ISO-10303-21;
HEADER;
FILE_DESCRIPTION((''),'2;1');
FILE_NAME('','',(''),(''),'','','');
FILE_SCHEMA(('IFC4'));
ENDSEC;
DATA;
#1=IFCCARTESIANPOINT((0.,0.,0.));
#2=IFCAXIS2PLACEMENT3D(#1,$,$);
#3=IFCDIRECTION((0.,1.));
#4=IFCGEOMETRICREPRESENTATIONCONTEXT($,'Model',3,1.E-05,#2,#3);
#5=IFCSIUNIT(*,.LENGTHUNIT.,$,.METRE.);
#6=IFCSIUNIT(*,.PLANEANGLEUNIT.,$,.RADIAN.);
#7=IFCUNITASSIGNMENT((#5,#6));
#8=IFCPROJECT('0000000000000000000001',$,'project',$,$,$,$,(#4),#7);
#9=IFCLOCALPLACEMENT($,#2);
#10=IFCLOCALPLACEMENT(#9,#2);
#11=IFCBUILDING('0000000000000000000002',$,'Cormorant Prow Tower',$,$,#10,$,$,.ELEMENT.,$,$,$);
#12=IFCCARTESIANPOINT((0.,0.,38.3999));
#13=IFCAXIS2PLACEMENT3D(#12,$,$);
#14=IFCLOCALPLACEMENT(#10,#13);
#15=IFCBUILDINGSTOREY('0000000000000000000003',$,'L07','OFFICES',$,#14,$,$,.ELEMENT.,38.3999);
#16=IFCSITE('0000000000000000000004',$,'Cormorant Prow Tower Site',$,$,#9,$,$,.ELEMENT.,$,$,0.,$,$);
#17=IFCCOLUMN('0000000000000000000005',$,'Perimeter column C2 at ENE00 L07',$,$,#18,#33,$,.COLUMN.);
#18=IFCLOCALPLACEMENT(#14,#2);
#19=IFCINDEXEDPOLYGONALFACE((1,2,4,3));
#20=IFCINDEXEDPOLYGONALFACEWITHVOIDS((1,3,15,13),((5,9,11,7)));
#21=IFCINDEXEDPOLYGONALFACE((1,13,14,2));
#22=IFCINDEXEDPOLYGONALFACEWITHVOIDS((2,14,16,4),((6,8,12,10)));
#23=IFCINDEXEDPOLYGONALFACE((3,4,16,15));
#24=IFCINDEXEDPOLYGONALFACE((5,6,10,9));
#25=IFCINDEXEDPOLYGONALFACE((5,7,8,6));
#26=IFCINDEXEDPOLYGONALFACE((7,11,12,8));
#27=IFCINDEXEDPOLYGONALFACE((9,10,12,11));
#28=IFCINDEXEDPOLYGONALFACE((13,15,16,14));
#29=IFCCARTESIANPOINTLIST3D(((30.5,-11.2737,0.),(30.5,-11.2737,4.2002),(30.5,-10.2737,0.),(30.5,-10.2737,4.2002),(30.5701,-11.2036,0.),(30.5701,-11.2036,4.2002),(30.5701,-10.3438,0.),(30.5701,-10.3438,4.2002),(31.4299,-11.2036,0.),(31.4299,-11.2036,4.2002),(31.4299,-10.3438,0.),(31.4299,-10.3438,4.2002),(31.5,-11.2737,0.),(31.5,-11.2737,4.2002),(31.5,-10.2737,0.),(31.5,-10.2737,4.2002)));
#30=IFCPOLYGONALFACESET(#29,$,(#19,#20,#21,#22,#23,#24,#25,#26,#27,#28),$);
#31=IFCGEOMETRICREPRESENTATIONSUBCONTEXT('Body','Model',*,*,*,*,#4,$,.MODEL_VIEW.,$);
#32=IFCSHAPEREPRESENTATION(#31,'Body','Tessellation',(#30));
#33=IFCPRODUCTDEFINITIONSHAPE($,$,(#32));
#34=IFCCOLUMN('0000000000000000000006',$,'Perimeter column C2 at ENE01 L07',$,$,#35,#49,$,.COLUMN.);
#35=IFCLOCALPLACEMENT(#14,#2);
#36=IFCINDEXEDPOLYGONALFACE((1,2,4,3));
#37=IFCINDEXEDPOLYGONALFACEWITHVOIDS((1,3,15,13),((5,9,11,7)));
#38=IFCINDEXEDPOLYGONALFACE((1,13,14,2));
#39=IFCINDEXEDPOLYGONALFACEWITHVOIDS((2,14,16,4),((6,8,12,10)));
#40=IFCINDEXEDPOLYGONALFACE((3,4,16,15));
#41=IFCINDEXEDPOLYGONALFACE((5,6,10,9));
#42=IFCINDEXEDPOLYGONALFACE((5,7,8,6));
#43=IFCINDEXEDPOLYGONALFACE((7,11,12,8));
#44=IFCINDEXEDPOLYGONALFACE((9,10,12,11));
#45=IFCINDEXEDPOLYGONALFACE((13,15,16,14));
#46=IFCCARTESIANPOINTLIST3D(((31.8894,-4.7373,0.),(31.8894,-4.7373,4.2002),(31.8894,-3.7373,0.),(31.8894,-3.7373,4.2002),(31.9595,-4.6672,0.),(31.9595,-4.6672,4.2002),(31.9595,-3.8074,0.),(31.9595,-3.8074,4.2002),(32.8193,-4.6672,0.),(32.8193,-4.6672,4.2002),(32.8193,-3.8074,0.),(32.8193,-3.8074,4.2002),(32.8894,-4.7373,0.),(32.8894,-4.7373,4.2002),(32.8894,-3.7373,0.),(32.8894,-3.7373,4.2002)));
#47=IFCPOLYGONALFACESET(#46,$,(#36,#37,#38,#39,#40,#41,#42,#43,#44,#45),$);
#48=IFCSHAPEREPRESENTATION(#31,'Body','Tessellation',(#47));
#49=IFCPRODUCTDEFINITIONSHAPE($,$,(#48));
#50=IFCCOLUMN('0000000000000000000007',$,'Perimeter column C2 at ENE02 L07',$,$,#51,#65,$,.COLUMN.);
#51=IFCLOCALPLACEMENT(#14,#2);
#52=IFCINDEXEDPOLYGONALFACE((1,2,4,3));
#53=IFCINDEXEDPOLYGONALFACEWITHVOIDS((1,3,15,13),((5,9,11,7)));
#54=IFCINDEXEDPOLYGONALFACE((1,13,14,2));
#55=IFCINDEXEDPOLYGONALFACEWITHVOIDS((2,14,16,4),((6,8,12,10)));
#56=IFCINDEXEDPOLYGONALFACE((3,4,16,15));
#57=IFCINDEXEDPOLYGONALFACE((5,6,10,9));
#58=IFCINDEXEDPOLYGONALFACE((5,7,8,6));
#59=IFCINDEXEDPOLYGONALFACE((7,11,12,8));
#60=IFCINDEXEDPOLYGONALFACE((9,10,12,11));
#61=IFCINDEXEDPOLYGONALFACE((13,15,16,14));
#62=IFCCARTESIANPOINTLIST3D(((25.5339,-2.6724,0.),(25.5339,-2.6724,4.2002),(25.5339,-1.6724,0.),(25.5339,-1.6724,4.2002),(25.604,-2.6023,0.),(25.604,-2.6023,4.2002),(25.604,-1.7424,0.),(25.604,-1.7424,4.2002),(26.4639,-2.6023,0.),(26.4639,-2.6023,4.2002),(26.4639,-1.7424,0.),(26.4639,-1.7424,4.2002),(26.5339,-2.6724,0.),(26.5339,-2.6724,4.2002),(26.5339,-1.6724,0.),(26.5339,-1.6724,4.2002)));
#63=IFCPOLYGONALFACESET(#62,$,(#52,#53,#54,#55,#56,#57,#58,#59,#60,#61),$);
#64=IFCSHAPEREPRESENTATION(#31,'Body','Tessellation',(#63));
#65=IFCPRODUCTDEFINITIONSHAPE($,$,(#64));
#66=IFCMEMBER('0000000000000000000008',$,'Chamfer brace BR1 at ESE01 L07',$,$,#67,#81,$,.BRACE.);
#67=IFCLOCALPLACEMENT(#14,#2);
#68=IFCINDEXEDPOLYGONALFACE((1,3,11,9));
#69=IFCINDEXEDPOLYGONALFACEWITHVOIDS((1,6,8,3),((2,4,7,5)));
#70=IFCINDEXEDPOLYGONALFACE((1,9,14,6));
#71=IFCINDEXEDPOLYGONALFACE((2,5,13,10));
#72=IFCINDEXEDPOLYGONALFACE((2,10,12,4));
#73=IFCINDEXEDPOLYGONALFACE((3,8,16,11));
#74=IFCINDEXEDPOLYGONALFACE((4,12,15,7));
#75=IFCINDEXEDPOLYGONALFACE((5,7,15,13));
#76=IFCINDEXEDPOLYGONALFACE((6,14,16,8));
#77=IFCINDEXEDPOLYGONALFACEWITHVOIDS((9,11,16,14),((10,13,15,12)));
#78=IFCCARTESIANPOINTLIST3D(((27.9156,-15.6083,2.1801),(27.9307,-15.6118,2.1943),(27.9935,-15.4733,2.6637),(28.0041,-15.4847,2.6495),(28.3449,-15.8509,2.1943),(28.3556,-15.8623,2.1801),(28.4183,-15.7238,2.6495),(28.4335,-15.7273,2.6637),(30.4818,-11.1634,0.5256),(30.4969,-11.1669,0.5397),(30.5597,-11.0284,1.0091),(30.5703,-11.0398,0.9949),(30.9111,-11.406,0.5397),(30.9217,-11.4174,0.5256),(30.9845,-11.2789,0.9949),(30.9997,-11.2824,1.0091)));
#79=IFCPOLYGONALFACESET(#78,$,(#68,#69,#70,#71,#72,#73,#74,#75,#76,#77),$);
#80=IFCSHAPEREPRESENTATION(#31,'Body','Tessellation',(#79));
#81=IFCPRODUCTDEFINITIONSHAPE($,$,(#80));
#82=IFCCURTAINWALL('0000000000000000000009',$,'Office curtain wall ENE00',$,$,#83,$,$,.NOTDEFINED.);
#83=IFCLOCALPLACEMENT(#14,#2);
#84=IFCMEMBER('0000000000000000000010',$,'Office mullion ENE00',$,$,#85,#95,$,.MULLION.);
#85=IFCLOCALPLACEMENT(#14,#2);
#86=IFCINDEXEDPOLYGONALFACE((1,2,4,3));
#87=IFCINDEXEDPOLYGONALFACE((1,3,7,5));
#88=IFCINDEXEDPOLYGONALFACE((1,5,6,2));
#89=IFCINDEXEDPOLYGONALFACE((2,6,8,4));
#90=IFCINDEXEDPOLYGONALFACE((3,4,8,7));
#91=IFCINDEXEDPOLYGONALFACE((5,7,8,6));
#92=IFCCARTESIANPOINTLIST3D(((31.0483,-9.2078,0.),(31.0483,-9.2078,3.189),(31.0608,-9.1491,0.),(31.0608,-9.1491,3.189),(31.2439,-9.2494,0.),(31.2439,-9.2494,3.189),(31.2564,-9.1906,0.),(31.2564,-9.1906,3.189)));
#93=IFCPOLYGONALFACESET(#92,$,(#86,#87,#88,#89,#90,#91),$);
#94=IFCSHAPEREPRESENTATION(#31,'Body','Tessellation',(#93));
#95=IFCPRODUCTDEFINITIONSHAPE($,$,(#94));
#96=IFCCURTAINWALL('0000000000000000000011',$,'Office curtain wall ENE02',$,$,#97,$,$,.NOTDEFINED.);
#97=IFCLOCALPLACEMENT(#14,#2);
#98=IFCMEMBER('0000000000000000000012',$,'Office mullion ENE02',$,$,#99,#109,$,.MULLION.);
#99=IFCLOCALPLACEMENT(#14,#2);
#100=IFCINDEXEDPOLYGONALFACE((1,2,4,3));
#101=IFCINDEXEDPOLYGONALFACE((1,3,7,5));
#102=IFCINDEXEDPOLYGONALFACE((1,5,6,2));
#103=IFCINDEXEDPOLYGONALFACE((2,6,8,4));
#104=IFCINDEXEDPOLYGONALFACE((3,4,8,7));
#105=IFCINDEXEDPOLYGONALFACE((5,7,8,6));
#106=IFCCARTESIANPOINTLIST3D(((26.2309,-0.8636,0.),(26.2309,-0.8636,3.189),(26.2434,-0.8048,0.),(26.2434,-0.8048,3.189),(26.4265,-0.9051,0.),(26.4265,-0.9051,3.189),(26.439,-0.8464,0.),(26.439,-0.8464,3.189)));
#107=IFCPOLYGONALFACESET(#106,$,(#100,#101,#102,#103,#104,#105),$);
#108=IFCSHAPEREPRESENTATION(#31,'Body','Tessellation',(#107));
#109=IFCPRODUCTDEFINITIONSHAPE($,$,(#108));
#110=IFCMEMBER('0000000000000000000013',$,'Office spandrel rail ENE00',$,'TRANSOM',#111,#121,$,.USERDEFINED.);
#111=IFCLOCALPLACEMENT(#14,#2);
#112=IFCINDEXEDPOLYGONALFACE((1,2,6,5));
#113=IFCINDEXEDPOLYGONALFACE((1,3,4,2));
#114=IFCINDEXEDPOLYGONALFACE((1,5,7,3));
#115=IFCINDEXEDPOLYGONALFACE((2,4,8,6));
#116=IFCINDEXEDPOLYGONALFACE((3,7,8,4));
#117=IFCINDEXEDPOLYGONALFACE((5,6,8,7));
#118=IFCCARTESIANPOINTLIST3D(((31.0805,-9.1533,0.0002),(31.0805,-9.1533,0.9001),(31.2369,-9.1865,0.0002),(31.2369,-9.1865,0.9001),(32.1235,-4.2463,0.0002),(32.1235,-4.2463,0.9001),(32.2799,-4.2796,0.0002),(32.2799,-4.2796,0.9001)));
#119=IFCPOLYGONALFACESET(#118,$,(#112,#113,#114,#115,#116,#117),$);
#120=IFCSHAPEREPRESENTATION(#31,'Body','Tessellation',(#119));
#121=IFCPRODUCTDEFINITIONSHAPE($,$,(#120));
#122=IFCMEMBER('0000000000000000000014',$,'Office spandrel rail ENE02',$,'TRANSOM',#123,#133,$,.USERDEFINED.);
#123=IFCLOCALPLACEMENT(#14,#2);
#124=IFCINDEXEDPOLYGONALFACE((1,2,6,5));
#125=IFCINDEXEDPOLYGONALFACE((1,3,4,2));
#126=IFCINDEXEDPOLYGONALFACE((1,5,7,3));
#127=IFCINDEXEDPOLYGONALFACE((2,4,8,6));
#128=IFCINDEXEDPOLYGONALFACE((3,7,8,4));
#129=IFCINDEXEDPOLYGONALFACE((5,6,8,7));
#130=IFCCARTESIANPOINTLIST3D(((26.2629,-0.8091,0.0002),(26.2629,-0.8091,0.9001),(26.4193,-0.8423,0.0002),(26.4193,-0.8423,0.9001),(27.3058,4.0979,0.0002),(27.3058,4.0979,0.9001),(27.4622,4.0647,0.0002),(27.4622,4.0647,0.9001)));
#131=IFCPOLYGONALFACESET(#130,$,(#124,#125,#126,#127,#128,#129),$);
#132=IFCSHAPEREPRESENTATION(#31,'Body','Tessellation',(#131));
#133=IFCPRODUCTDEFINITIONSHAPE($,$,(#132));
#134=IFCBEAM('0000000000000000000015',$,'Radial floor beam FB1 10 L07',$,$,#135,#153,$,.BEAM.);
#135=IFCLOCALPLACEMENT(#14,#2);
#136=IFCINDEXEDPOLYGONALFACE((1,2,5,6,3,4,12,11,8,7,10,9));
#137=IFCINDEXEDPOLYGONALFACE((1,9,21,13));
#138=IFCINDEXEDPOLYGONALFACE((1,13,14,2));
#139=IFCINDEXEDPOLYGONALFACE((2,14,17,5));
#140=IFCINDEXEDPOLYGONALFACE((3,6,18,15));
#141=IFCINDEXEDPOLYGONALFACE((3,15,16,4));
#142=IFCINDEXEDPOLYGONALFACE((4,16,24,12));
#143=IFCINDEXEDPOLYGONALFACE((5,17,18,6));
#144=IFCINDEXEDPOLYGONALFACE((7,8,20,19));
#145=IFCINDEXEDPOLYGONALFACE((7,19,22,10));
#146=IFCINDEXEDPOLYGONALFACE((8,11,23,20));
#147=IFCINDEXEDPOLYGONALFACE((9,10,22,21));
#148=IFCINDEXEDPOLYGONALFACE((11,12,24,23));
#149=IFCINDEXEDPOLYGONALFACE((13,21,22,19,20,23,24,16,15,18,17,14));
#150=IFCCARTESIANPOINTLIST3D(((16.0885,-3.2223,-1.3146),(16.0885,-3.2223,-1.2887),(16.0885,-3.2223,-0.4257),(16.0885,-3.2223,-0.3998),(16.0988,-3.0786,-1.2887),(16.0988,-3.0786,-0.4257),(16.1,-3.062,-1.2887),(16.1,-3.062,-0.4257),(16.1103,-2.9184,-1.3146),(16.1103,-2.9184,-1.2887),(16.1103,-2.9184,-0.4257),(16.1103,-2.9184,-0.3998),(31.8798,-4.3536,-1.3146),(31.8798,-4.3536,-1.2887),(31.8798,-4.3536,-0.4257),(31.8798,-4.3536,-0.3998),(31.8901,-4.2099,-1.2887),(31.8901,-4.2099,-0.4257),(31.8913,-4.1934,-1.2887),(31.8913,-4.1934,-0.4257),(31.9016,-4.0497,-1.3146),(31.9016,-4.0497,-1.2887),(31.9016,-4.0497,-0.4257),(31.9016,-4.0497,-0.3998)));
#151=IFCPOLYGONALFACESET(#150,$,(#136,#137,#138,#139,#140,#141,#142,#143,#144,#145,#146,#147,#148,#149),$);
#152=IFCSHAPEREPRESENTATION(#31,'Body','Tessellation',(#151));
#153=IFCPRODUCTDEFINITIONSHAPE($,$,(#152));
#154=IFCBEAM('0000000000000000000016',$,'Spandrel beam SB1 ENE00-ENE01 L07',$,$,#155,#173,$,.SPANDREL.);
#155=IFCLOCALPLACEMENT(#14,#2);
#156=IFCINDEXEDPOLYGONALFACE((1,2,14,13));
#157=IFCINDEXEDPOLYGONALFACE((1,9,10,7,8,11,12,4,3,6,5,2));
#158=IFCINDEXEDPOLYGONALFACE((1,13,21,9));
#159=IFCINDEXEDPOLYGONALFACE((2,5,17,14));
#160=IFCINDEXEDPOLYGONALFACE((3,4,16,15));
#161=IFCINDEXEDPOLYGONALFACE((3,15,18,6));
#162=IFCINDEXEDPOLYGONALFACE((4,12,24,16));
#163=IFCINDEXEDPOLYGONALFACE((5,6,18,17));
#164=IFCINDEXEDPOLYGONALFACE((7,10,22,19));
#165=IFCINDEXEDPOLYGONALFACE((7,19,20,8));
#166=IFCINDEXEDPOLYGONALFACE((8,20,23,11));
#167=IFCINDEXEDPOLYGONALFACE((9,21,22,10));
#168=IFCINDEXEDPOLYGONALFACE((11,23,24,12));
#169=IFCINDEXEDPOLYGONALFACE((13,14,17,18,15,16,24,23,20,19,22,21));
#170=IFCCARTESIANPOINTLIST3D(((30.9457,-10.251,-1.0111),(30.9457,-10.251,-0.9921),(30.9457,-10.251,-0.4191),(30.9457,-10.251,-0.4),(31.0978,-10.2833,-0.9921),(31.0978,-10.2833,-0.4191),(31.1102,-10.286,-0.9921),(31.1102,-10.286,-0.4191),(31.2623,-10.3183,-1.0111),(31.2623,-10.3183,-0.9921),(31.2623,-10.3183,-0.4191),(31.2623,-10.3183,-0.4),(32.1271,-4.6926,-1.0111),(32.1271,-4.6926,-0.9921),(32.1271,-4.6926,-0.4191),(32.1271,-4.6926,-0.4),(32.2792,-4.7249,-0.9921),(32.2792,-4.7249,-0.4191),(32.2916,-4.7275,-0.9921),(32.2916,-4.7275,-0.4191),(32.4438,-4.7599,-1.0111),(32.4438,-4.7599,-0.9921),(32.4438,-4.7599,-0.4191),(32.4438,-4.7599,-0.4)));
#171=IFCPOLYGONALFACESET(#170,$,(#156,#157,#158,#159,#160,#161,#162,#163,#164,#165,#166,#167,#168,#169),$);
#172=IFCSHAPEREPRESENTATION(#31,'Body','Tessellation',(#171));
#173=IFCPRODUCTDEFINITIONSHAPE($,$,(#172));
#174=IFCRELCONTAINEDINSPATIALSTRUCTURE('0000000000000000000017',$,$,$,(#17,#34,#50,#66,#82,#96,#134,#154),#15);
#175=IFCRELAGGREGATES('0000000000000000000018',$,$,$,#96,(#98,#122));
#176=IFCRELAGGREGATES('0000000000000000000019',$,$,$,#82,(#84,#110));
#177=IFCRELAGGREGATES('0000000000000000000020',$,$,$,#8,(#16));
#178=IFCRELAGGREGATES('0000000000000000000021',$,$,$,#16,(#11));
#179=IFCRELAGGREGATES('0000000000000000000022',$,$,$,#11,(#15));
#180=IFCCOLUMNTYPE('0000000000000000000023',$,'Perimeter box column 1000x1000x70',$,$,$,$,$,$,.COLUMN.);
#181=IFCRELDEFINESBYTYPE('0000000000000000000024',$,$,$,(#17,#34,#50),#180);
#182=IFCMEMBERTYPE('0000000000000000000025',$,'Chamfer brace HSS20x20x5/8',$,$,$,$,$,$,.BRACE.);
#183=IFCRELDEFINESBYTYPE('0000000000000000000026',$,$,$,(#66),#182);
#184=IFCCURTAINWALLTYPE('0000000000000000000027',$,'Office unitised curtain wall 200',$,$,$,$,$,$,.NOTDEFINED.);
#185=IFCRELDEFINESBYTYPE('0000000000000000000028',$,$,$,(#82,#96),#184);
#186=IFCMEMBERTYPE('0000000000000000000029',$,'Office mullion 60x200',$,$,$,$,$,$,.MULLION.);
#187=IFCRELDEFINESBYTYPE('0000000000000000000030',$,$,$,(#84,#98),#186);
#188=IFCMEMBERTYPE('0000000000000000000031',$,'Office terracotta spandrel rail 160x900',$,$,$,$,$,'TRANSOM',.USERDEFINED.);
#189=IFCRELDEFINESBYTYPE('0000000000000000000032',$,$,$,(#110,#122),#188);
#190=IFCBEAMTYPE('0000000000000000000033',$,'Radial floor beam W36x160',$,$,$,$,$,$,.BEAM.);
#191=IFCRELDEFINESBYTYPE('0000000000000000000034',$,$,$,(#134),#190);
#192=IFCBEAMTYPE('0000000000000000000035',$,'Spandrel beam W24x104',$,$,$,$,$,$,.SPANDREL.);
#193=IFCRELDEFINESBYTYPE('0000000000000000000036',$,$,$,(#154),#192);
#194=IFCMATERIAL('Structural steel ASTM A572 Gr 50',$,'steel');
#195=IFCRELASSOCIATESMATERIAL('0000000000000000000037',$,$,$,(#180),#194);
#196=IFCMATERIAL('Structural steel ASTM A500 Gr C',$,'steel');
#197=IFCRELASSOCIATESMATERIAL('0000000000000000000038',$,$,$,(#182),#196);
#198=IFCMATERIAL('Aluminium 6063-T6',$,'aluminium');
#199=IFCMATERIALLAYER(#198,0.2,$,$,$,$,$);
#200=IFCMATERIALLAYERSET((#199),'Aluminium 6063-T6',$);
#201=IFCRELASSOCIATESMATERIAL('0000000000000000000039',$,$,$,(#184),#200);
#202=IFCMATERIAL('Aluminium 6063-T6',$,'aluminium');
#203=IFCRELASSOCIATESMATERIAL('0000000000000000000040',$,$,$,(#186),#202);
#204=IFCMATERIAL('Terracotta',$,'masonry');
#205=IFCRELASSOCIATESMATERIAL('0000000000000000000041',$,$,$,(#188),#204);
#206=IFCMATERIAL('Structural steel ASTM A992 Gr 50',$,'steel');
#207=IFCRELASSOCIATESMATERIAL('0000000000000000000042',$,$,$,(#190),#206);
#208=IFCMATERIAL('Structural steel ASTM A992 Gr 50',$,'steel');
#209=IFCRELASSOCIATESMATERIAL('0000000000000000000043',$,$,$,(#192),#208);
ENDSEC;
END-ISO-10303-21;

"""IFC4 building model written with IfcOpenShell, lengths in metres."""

from ifc_helpers import new_model, si_unit, direction, frame, origin, origin_2d, place, context, subcontext, project, spatial, rectangle, hollow_rectangle, i_section, extrude, material, layer, layer_set, material_profile, profile_set, type_object, element, aggregate, save


model = new_model("IFC4")

# Units and contexts
model_context = context("Model", 3, precision=1e-05, world=origin(), true_north=direction((0.0, 1.0)))
body_context = subcontext(model_context, "Body", "Model", "MODEL_VIEW")
ifc_project = project(units=[si_unit("LENGTHUNIT", "METRE"), si_unit("PLANEANGLEUNIT", "RADIAN")], contexts=[model_context])

# Site, building, storey
site_placement = place(None, origin())
site = spatial("IfcSite", under=ifc_project, at=site_placement, Name="Cormorant Prow Tower Site", CompositionType="ELEMENT", RefElevation=0.0)
building_placement = place(site_placement, origin())
building = spatial("IfcBuilding", under=site, at=building_placement, Name="Cormorant Prow Tower", CompositionType="ELEMENT")
storey_placement = place(building_placement, frame((0.0, 0.0, 38.3999)))
storey = spatial("IfcBuildingStorey", under=building, at=storey_placement, Name="L07", Description="OFFICES", CompositionType="ELEMENT", Elevation=38.3999)

# Columns
ifc_material_1 = material(Name="Structural steel ASTM A572 Gr 50", Category="steel")
ifc_material_profile_1 = material_profile(ifc_material_1, hollow_rectangle(XDim=1.0, YDim=1.0, WallThickness=0.0701, at=origin_2d()), Name="Box 1000x1000x70")
ifc_profile_set_1 = profile_set([ifc_material_profile_1], Name="Structural steel ASTM A572 Gr 50")
column_type = type_object("IfcColumnType", Name="Perimeter box column 1000x1000x70", PredefinedType="COLUMN", material=ifc_profile_set_1)
for number, where, z_axis, x_axis, name in (
    (1, (31.0, -10.7737, 0.0), (0.0, 0.0, 1.0), (1.0, 0.0, 0.0), "Perimeter column C2 at ENE00 L07"),
    (2, (32.3894, -4.2373, 0.0), (0.0, 0.0, 1.0), (1.0, 0.0, 0.0), "Perimeter column C2 at ENE01 L07"),
    (3, (26.0339, -2.1724, 0.0), (0.0, 0.0, 1.0), (1.0, 0.0, 0.0), "Perimeter column C2 at ENE02 L07"),
):
    element("IfcColumn", number, at=place(storey_placement, frame(where, z_axis=z_axis, x_axis=x_axis)), inside=storey, type_object=column_type, Name=name, PredefinedType="COLUMN", context=body_context, shape_type="SweptSolid", body=[
        extrude(hollow_rectangle(XDim=1.0, YDim=1.0, WallThickness=0.0701, at=origin_2d()), origin(), (0.0, 0.0, 1.0), 4.2002),
    ])

# Member
ifc_material_2 = material(Name="Structural steel ASTM A500 Gr C", Category="steel")
ifc_material_profile_2 = material_profile(ifc_material_2, hollow_rectangle(XDim=0.5081, YDim=0.5081, WallThickness=0.0149, at=origin_2d()), Name="HSS20x20x5/8")
ifc_profile_set_2 = profile_set([ifc_material_profile_2], Name="Structural steel ASTM A500 Gr C")
member_type_1 = type_object("IfcMemberType", Name="Chamfer brace HSS20x20x5/8", PredefinedType="BRACE", material=ifc_profile_set_2)
member_1_placement = place(storey_placement, frame((30.7407, -11.2229, 0.7673), z_axis=(-0.475875, -0.824259, 0.306822), x_axis=(0.86603, -0.499991, 0.0)))
element("IfcMember", 4, at=member_1_placement, inside=storey, type_object=member_type_1, Name="Chamfer brace BR1 at ESE01 L07", PredefinedType="BRACE", context=body_context, shape_type="SweptSolid", body=[
    extrude(hollow_rectangle(XDim=0.5081, YDim=0.5081, WallThickness=0.0149, at=origin_2d()), origin(), (0.0, 0.0, 1.0), 5.3926),
])

# Curtain walls, members
ifc_material_3 = material(Name="Aluminium 6063-T6", Category="aluminium")
ifc_layer_1 = layer(ifc_material_3, 0.2)
ifc_layer_set_1 = layer_set([ifc_layer_1], Name="Aluminium 6063-T6")
curtain_wall_type = type_object("IfcCurtainWallType", Name="Office unitised curtain wall 200", PredefinedType="NOTDEFINED", material=ifc_layer_set_1)
curtain_wall_1_placement = place(storey_placement, origin())
curtain_wall_1 = element("IfcCurtainWall", 5, at=curtain_wall_1_placement, inside=storey, type_object=curtain_wall_type, Name="Office curtain wall ENE00", PredefinedType="NOTDEFINED")
ifc_material_4 = material(Name="Aluminium 6063-T6", Category="aluminium")
ifc_material_profile_3 = material_profile(ifc_material_4, rectangle(XDim=0.2, YDim=0.0601, at=origin_2d()), Name="Office mullion 60x200")
ifc_profile_set_3 = profile_set([ifc_material_profile_3], Name="Aluminium 6063-T6")
member_type_2 = type_object("IfcMemberType", Name="Office mullion 60x200", PredefinedType="MULLION", material=ifc_profile_set_3)
member_2_placement = place(storey_placement, frame((31.1523, -9.1992, 0.0), z_axis=(0.0, 0.0, 1.0), x_axis=(-0.978148, 0.207912, 0.0)))
member_2 = element("IfcMember", 6, at=member_2_placement, type_object=member_type_2, Name="Office mullion ENE00", PredefinedType="MULLION", context=body_context, shape_type="SweptSolid", body=[
    extrude(rectangle(XDim=0.2, YDim=0.0601, at=origin_2d()), origin(), (0.0, 0.0, 1.0), 3.189),
])
curtain_wall_2_placement = place(storey_placement, origin())
curtain_wall_2 = element("IfcCurtainWall", 7, at=curtain_wall_2_placement, inside=storey, type_object=curtain_wall_type, Name="Office curtain wall ENE02", PredefinedType="NOTDEFINED")
member_3_placement = place(storey_placement, frame((26.335, -0.855, 0.0), z_axis=(0.0, 0.0, 1.0), x_axis=(-0.978148, 0.207912, 0.0)))
member_3 = element("IfcMember", 8, at=member_3_placement, type_object=member_type_2, Name="Office mullion ENE02", PredefinedType="MULLION", context=body_context, shape_type="SweptSolid", body=[
    extrude(rectangle(XDim=0.2, YDim=0.0601, at=origin_2d()), origin(), (0.0, 0.0, 1.0), 3.189),
])

# Members
ifc_material_5 = material(Name="Terracotta", Category="masonry")
ifc_material_profile_4 = material_profile(ifc_material_5, rectangle(XDim=0.1599, YDim=0.8999, at=origin_2d()), Name="Office terracotta spandrel rail 160x900")
ifc_profile_set_4 = profile_set([ifc_material_profile_4], Name="Terracotta")
member_type_3 = type_object("IfcMemberType", Name="Office terracotta spandrel rail 160x900", ElementType="TRANSOM", PredefinedType="USERDEFINED", material=ifc_profile_set_4)
member_4_placement = place(storey_placement, frame((31.1587, -9.1699, 0.4502), z_axis=(0.207904, 0.978149, 0.0), x_axis=(-0.978149, 0.207904, 0.0)))
member_4 = element("IfcMember", 9, at=member_4_placement, type_object=member_type_3, Name="Office spandrel rail ENE00", ObjectType="TRANSOM", PredefinedType="USERDEFINED", context=body_context, shape_type="SweptSolid", body=[
    extrude(rectangle(XDim=0.1599, YDim=0.8999, at=origin_2d()), origin(), (0.0, 0.0, 1.0), 5.0166),
])
member_5_placement = place(storey_placement, frame((26.3411, -0.8257, 0.4502), z_axis=(0.207904, 0.978149, 0.0), x_axis=(-0.978149, 0.207904, 0.0)))
member_5 = element("IfcMember", 10, at=member_5_placement, type_object=member_type_3, Name="Office spandrel rail ENE02", ObjectType="TRANSOM", PredefinedType="USERDEFINED", context=body_context, shape_type="SweptSolid", body=[
    extrude(rectangle(XDim=0.1599, YDim=0.8999, at=origin_2d()), origin(), (0.0, 0.0, 1.0), 5.0166),
])
aggregate(curtain_wall_2, [member_3, member_5])

# Beams
ifc_material_6 = material(Name="Structural steel ASTM A992 Gr 50", Category="steel")
ifc_material_profile_5 = material_profile(ifc_material_6, i_section(OverallWidth=0.3047, OverallDepth=0.9148, WebThickness=0.0166, FlangeThickness=0.0259, at=origin_2d()), Name="W36x160")
ifc_profile_set_5 = profile_set([ifc_material_profile_5], Name="Structural steel ASTM A992 Gr 50")
beam_type_1 = type_object("IfcBeamType", Name="Radial floor beam W36x160", PredefinedType="BEAM", material=ifc_profile_set_5)
beam_1_placement = place(storey_placement, frame((16.0994, -3.0703, -0.8572), z_axis=(0.997443, -0.071461, 0.0), x_axis=(0.071461, 0.997443, 0.0)))
element("IfcBeam", 11, at=beam_1_placement, inside=storey, type_object=beam_type_1, Name="Radial floor beam FB1 10 L07", PredefinedType="BEAM", context=body_context, shape_type="SweptSolid", body=[
    extrude(i_section(OverallWidth=0.3047, OverallDepth=0.9148, WebThickness=0.0166, FlangeThickness=0.0259, at=origin_2d()), origin(), (0.0, 0.0, 1.0), 15.8318),
])
ifc_material_7 = material(Name="Structural steel ASTM A992 Gr 50", Category="steel")
ifc_material_profile_6 = material_profile(ifc_material_7, i_section(OverallWidth=0.3237, OverallDepth=0.6111, WebThickness=0.0127, FlangeThickness=0.019, at=origin_2d()), Name="W24x104")
ifc_profile_set_6 = profile_set([ifc_material_profile_6], Name="Structural steel ASTM A992 Gr 50")
beam_type_2 = type_object("IfcBeamType", Name="Spandrel beam W24x104", PredefinedType="SPANDREL", material=ifc_profile_set_6)
beam_2_placement = place(storey_placement, frame((31.104, -10.2847, -0.7056), z_axis=(0.2079, 0.97815, 0.0), x_axis=(-0.97815, 0.2079, 0.0)))
element("IfcBeam", 12, at=beam_2_placement, inside=storey, type_object=beam_type_2, Name="Spandrel beam SB1 ENE00-ENE01 L07", PredefinedType="SPANDREL", context=body_context, shape_type="SweptSolid", body=[
    extrude(i_section(OverallWidth=0.3237, OverallDepth=0.6111, WebThickness=0.0127, FlangeThickness=0.019, at=origin_2d()), origin(), (0.0, 0.0, 1.0), 5.6826),
])

aggregate(curtain_wall_1, [member_2, member_4])

save(model, "model.ifc")
